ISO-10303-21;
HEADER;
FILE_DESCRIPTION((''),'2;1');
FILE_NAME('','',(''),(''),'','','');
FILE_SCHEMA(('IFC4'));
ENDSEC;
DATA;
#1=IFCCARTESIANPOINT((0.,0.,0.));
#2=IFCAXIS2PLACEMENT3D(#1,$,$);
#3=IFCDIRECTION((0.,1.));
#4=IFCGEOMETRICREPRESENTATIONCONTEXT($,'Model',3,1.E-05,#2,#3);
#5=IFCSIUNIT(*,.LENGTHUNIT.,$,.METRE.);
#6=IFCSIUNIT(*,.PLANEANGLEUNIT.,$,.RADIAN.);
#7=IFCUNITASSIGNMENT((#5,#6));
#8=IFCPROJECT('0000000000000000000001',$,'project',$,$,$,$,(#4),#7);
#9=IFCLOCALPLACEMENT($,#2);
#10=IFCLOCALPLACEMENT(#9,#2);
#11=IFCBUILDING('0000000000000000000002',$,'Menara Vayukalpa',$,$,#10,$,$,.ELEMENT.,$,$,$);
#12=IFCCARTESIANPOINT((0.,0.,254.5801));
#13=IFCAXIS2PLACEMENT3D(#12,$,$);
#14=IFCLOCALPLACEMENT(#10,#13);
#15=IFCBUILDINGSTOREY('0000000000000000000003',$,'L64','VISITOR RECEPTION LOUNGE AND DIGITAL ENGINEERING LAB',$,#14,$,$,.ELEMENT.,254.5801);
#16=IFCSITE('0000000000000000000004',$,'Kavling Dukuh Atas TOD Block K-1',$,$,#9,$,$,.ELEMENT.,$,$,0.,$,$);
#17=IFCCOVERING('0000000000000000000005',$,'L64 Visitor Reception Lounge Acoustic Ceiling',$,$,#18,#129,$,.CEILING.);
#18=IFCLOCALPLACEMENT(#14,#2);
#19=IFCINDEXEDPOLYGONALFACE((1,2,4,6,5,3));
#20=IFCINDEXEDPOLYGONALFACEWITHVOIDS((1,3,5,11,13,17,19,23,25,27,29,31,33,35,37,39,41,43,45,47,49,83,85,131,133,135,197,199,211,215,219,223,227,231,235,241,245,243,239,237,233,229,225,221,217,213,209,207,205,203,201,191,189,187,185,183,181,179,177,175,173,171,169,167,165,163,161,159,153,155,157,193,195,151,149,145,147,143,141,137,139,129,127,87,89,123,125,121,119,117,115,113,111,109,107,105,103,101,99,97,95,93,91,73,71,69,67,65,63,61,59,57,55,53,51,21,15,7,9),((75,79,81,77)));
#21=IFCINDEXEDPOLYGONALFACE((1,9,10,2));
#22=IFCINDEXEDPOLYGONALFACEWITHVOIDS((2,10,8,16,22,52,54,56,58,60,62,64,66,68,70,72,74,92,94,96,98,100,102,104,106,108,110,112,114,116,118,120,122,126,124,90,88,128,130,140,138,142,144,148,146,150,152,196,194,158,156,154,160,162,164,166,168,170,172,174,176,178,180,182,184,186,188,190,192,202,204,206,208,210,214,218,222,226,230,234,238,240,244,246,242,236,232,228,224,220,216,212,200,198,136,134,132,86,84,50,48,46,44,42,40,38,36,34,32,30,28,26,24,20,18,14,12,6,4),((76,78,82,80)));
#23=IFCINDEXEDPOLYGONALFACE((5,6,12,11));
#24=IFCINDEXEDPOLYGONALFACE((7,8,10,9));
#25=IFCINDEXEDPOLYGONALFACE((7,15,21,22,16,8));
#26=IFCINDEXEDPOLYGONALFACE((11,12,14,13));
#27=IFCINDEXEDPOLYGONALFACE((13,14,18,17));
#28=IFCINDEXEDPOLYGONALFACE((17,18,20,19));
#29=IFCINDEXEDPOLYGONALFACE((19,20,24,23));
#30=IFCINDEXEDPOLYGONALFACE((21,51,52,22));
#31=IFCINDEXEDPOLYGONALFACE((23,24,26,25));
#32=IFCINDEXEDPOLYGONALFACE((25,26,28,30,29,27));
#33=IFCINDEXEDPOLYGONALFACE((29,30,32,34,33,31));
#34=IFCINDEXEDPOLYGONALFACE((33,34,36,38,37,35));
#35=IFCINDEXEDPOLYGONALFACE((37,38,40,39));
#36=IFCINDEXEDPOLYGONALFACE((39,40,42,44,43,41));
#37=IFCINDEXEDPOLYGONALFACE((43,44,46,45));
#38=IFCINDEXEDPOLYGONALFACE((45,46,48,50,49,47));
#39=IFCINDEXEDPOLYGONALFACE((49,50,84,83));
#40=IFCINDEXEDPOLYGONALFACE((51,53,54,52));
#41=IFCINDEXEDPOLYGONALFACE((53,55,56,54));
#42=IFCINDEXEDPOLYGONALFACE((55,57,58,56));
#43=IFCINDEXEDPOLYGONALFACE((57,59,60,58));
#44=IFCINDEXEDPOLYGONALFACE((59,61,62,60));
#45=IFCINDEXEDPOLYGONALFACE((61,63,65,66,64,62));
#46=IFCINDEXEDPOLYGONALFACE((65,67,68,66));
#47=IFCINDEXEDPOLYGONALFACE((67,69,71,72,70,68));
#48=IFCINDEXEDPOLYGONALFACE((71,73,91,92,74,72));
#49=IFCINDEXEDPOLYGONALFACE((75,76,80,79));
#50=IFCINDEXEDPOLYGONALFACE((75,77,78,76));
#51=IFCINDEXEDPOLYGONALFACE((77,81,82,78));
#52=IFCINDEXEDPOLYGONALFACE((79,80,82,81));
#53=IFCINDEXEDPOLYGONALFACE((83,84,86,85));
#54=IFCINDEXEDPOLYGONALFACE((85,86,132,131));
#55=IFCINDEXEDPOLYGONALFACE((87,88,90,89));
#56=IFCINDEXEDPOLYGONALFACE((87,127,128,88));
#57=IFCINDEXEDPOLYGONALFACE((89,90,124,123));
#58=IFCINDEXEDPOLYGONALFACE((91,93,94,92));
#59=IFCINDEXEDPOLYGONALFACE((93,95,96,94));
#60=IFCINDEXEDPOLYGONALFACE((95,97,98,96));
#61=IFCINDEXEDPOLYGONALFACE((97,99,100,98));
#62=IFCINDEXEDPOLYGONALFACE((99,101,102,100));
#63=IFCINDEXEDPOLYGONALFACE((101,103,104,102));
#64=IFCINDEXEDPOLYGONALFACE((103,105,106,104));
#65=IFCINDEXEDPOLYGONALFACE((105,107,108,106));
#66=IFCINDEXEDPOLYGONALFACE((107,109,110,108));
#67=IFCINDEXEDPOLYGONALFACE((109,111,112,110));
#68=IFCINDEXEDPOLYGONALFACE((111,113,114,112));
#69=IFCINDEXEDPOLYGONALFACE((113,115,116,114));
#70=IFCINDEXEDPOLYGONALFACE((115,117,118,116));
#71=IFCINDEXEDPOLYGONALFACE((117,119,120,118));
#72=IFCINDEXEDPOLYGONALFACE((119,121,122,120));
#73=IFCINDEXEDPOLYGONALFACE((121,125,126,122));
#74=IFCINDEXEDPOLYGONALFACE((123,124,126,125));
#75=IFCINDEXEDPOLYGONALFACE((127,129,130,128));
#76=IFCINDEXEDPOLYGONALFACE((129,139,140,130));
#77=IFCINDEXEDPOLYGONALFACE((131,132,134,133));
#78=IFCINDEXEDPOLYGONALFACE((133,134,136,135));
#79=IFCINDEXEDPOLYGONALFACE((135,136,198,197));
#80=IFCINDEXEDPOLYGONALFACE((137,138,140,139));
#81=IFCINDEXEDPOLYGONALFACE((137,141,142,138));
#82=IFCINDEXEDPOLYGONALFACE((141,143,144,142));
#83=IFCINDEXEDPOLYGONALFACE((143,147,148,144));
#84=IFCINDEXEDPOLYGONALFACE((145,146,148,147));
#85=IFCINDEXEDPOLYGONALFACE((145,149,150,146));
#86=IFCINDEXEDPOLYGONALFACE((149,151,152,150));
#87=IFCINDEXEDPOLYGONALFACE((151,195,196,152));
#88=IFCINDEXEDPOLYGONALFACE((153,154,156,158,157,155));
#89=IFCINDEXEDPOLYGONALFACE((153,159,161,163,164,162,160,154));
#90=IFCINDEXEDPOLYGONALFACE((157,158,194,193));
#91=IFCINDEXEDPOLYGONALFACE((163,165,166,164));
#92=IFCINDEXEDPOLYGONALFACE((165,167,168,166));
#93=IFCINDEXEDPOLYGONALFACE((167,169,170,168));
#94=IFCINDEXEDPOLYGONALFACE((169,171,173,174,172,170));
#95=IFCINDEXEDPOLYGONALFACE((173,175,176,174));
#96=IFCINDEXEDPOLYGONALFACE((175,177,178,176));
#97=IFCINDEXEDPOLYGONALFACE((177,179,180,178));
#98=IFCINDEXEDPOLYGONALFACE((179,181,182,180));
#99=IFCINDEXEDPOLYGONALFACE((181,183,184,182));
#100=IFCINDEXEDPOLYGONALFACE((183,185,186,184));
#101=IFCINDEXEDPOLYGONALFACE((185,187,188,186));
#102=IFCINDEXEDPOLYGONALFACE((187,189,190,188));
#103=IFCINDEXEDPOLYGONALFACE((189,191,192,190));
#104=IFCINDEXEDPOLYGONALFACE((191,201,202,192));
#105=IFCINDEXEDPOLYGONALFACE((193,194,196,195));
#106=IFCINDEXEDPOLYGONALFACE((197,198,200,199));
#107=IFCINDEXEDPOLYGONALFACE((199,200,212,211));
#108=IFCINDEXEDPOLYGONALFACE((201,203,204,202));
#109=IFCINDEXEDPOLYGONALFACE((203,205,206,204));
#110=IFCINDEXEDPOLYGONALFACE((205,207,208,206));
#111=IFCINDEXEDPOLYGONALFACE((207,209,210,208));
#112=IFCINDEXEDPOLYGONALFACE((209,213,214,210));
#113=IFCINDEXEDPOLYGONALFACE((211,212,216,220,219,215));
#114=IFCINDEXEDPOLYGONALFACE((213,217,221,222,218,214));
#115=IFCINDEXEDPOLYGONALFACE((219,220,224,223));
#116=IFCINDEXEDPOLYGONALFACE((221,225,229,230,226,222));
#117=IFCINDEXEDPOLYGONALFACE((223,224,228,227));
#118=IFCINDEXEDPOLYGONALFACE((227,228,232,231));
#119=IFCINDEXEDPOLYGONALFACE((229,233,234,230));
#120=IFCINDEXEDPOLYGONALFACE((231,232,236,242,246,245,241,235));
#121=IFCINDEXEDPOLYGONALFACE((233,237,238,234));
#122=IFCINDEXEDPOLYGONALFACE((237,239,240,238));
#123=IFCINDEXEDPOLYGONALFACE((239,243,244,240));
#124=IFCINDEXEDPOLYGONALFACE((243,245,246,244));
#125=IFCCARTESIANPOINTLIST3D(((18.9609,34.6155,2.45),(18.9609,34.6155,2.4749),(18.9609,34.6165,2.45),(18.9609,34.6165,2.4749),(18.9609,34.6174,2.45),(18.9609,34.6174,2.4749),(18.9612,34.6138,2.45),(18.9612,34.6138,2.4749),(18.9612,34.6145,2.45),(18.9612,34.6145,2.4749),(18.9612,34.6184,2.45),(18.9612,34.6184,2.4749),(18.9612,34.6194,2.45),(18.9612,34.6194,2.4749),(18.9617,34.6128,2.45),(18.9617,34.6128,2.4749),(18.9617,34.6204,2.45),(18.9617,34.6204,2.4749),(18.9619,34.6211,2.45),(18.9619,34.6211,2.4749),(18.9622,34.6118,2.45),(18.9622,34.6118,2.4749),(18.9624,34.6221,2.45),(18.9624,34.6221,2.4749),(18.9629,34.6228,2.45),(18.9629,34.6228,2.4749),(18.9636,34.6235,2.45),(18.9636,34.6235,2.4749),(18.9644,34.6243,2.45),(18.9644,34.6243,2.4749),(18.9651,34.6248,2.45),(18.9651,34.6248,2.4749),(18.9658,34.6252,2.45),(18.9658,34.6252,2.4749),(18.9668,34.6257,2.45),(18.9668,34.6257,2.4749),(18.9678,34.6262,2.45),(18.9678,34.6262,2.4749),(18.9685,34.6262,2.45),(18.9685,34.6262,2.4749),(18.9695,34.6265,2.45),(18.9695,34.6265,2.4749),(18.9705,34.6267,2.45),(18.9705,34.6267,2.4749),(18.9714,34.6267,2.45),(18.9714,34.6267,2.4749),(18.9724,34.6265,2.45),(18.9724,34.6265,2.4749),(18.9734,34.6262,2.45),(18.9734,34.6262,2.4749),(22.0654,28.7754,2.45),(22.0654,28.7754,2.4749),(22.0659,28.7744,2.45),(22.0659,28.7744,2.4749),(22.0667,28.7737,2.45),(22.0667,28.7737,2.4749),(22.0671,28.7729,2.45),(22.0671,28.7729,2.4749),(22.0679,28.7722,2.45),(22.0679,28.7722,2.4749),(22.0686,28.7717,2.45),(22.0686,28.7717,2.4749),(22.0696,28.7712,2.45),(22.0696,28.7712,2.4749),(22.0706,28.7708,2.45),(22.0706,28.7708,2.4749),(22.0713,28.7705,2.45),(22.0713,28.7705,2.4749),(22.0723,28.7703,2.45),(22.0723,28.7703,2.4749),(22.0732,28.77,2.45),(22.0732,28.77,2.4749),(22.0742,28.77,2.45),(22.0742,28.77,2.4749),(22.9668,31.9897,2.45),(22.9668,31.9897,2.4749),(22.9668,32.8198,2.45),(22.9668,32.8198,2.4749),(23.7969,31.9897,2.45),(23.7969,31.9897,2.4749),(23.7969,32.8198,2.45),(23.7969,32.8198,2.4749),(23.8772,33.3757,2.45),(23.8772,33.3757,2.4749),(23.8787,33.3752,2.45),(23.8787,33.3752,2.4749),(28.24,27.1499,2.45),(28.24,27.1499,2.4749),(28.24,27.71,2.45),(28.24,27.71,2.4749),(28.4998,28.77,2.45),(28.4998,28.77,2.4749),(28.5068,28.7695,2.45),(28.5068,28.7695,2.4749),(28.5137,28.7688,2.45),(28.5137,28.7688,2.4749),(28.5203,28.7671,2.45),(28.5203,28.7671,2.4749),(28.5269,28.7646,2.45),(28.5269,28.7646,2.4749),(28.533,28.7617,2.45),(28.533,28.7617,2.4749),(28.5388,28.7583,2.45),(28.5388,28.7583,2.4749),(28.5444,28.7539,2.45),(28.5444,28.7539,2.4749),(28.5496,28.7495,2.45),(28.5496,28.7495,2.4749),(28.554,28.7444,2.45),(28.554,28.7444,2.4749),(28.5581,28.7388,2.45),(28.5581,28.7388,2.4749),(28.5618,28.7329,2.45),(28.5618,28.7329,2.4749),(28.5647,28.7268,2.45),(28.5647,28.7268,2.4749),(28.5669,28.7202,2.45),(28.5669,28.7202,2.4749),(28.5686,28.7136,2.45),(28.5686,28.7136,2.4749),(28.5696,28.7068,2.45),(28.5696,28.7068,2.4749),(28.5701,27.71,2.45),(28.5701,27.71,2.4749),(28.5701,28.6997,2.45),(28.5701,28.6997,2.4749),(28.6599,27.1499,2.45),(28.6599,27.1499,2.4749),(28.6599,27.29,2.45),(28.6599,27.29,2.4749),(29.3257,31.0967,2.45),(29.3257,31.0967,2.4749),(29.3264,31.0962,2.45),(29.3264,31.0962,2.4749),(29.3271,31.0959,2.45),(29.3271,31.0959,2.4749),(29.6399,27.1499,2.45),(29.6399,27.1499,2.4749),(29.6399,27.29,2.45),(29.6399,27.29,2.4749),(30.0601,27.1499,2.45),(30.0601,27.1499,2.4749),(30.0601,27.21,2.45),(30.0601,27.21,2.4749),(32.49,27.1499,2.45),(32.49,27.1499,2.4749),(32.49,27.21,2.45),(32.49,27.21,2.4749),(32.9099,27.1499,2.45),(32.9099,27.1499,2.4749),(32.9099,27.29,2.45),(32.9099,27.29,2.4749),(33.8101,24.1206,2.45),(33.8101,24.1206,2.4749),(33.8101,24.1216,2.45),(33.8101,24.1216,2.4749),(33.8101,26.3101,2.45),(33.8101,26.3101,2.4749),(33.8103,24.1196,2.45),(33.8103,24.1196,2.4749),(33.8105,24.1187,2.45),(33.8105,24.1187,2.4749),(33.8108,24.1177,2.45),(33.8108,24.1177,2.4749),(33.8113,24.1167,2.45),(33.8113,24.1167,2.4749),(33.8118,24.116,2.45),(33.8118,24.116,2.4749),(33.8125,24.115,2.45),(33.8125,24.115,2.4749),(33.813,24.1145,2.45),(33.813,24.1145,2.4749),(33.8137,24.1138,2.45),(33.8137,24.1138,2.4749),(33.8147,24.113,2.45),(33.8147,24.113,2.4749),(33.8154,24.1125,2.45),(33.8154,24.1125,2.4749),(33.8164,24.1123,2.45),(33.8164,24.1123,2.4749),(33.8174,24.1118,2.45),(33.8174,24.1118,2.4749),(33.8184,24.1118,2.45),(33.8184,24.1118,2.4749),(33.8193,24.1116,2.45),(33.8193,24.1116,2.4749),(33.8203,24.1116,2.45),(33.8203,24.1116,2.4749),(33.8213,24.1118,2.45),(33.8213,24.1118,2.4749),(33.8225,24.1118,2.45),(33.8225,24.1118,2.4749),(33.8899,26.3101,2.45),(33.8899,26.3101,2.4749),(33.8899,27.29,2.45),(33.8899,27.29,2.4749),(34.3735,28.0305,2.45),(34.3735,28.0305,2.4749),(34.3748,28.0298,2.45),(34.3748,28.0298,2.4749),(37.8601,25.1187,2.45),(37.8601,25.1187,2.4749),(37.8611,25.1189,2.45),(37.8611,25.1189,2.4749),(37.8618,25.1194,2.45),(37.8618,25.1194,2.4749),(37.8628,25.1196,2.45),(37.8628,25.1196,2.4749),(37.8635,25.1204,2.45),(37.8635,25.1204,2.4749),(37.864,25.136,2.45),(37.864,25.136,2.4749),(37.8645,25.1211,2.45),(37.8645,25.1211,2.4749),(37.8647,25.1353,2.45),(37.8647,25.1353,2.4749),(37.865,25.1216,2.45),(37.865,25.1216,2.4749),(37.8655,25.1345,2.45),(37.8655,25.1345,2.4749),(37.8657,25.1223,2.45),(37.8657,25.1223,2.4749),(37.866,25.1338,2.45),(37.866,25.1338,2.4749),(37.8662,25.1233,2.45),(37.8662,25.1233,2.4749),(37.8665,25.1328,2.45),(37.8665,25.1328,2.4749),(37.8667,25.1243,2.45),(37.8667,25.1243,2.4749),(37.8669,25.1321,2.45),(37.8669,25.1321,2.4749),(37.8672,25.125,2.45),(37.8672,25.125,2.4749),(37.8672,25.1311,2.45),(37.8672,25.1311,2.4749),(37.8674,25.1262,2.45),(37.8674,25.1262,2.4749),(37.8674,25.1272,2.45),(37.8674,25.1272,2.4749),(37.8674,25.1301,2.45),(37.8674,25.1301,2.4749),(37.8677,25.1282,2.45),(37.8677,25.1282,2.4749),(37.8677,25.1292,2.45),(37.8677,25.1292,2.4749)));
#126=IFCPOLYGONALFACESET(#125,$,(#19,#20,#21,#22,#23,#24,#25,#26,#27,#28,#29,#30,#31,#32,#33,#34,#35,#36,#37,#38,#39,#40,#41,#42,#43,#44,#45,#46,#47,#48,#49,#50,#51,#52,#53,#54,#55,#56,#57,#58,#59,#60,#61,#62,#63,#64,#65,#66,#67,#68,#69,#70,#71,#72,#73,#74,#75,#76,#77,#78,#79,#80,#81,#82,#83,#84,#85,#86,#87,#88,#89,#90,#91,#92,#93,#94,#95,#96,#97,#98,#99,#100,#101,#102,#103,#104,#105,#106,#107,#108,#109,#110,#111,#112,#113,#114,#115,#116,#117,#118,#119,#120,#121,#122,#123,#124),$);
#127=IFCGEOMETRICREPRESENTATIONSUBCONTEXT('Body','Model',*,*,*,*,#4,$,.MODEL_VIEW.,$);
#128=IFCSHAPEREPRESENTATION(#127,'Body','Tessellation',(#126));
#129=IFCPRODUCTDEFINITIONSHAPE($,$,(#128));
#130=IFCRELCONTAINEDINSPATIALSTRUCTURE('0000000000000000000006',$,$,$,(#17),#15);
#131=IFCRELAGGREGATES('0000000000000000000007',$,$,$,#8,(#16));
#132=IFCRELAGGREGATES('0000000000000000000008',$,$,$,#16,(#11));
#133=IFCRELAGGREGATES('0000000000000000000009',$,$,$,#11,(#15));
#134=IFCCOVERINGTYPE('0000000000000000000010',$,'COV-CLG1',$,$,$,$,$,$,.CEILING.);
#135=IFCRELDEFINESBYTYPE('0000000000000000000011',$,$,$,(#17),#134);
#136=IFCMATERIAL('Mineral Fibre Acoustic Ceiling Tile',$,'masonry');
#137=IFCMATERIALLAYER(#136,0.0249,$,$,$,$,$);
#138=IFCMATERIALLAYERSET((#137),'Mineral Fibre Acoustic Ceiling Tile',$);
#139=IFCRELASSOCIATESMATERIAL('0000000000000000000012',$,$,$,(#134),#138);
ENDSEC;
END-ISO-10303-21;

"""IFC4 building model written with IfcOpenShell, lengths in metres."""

from ifc_helpers import new_model, si_unit, direction, frame, origin, place, context, subcontext, project, spatial, polyline, outline, extrude, material, layer, layer_set, type_object, element, save


model = new_model("IFC4")

# Units and contexts
model_context = context("Model", 3, precision=1e-05, world=origin(), true_north=direction((0.0, 1.0)))
body_context = subcontext(model_context, "Body", "Model", "MODEL_VIEW")
ifc_project = project(units=[si_unit("LENGTHUNIT", "METRE"), si_unit("PLANEANGLEUNIT", "RADIAN")], contexts=[model_context])

# Site, building, storey
site_placement = place(None, origin())
site = spatial("IfcSite", under=ifc_project, at=site_placement, Name="Kavling Dukuh Atas TOD Block K-1", CompositionType="ELEMENT", RefElevation=0.0)
building_placement = place(site_placement, origin())
building = spatial("IfcBuilding", under=site, at=building_placement, Name="Menara Vayukalpa", CompositionType="ELEMENT")
storey_placement = place(building_placement, frame((0.0, 0.0, 254.5801)))
storey = spatial("IfcBuildingStorey", under=building, at=storey_placement, Name="L64", Description="VISITOR RECEPTION LOUNGE AND DIGITAL ENGINEERING LAB", CompositionType="ELEMENT", Elevation=254.5801)

# Covering
ifc_material_1 = material(Name="Mineral Fibre Acoustic Ceiling Tile", Category="masonry")
ifc_layer_1 = layer(ifc_material_1, 0.0249)
ifc_layer_set_1 = layer_set([ifc_layer_1], Name="Mineral Fibre Acoustic Ceiling Tile")
covering_type_1 = type_object("IfcCoveringType", Name="COV-CLG1", PredefinedType="CEILING", material=ifc_layer_set_1)
covering_1_placement = place(storey_placement, frame((0.0, 0.0, 2.45)))
element("IfcCovering", 1, at=covering_1_placement, inside=storey, type_object=covering_type_1, Name="L64 Visitor Reception Lounge Acoustic Ceiling", PredefinedType="CEILING", context=body_context, shape_type="SweptSolid", body=[
    extrude(outline(polyline([(29.6399, 27.1499), (29.6399, 27.29), (28.6599, 27.29), (28.6599, 27.1499), (28.24, 27.1499), (28.24, 27.71), (28.5701, 27.71), (28.5701, 28.6997), (28.5696, 28.7068), (28.5686, 28.7136), (28.5669, 28.7202), (28.5647, 28.7268), (28.5618, 28.7329), (28.5581, 28.7388), (28.554, 28.7444), (28.5496, 28.7495), (28.5444, 28.7539), (28.5388, 28.7583), (28.533, 28.7617), (28.5269, 28.7646), (28.5203, 28.7671), (28.5137, 28.7688), (28.5068, 28.7695), (28.4998, 28.77), (22.0742, 28.77), (22.0732, 28.77), (22.0723, 28.7703), (22.0713, 28.7705), (22.0706, 28.7708), (22.0696, 28.7712), (22.0686, 28.7717), (22.0679, 28.7722), (22.0671, 28.7729), (22.0667, 28.7737), (22.0659, 28.7744), (22.0654, 28.7754), (18.9622, 34.6118), (18.9617, 34.6128), (18.9612, 34.6138), (18.9612, 34.6145), (18.9609, 34.6155), (18.9609, 34.6165), (18.9609, 34.6174), (18.9612, 34.6184), (18.9612, 34.6194), (18.9617, 34.6204), (18.9619, 34.6211), (18.9624, 34.6221), (18.9629, 34.6228), (18.9636, 34.6235), (18.9644, 34.6243), (18.9651, 34.6248), (18.9658, 34.6252), (18.9668, 34.6257), (18.9678, 34.6262), (18.9685, 34.6262), (18.9695, 34.6265), (18.9705, 34.6267), (18.9714, 34.6267), (18.9724, 34.6265), (18.9734, 34.6262), (23.8772, 33.3757), (23.8787, 33.3752), (29.3257, 31.0967), (29.3264, 31.0962), (29.3271, 31.0959), (34.3735, 28.0305), (34.3748, 28.0298), (37.864, 25.136), (37.8647, 25.1353), (37.8655, 25.1345), (37.866, 25.1338), (37.8665, 25.1328), (37.8669, 25.1321), (37.8672, 25.1311), (37.8674, 25.1301), (37.8677, 25.1292), (37.8677, 25.1282), (37.8674, 25.1272), (37.8674, 25.1262), (37.8672, 25.125), (37.8667, 25.1243), (37.8662, 25.1233), (37.8657, 25.1223), (37.865, 25.1216), (37.8645, 25.1211), (37.8635, 25.1204), (37.8628, 25.1196), (37.8618, 25.1194), (37.8611, 25.1189), (37.8601, 25.1187), (33.8225, 24.1118), (33.8213, 24.1118), (33.8203, 24.1116), (33.8193, 24.1116), (33.8184, 24.1118), (33.8174, 24.1118), (33.8164, 24.1123), (33.8154, 24.1125), (33.8147, 24.113), (33.8137, 24.1138), (33.813, 24.1145), (33.8125, 24.115), (33.8118, 24.116), (33.8113, 24.1167), (33.8108, 24.1177), (33.8105, 24.1187), (33.8103, 24.1196), (33.8101, 24.1206), (33.8101, 24.1216), (33.8101, 26.3101), (33.8899, 26.3101), (33.8899, 27.29), (32.9099, 27.29), (32.9099, 27.1499), (32.49, 27.1499), (32.49, 27.21), (30.0601, 27.21), (30.0601, 27.1499), (29.6399, 27.1499)]), holes=[polyline([(23.7969, 32.8198), (22.9668, 32.8198), (22.9668, 31.9897), (23.7969, 31.9897), (23.7969, 32.8198)])]), origin(), (0.0, 0.0, 1.0), 0.0249),
])

save(model, "model.ifc")
